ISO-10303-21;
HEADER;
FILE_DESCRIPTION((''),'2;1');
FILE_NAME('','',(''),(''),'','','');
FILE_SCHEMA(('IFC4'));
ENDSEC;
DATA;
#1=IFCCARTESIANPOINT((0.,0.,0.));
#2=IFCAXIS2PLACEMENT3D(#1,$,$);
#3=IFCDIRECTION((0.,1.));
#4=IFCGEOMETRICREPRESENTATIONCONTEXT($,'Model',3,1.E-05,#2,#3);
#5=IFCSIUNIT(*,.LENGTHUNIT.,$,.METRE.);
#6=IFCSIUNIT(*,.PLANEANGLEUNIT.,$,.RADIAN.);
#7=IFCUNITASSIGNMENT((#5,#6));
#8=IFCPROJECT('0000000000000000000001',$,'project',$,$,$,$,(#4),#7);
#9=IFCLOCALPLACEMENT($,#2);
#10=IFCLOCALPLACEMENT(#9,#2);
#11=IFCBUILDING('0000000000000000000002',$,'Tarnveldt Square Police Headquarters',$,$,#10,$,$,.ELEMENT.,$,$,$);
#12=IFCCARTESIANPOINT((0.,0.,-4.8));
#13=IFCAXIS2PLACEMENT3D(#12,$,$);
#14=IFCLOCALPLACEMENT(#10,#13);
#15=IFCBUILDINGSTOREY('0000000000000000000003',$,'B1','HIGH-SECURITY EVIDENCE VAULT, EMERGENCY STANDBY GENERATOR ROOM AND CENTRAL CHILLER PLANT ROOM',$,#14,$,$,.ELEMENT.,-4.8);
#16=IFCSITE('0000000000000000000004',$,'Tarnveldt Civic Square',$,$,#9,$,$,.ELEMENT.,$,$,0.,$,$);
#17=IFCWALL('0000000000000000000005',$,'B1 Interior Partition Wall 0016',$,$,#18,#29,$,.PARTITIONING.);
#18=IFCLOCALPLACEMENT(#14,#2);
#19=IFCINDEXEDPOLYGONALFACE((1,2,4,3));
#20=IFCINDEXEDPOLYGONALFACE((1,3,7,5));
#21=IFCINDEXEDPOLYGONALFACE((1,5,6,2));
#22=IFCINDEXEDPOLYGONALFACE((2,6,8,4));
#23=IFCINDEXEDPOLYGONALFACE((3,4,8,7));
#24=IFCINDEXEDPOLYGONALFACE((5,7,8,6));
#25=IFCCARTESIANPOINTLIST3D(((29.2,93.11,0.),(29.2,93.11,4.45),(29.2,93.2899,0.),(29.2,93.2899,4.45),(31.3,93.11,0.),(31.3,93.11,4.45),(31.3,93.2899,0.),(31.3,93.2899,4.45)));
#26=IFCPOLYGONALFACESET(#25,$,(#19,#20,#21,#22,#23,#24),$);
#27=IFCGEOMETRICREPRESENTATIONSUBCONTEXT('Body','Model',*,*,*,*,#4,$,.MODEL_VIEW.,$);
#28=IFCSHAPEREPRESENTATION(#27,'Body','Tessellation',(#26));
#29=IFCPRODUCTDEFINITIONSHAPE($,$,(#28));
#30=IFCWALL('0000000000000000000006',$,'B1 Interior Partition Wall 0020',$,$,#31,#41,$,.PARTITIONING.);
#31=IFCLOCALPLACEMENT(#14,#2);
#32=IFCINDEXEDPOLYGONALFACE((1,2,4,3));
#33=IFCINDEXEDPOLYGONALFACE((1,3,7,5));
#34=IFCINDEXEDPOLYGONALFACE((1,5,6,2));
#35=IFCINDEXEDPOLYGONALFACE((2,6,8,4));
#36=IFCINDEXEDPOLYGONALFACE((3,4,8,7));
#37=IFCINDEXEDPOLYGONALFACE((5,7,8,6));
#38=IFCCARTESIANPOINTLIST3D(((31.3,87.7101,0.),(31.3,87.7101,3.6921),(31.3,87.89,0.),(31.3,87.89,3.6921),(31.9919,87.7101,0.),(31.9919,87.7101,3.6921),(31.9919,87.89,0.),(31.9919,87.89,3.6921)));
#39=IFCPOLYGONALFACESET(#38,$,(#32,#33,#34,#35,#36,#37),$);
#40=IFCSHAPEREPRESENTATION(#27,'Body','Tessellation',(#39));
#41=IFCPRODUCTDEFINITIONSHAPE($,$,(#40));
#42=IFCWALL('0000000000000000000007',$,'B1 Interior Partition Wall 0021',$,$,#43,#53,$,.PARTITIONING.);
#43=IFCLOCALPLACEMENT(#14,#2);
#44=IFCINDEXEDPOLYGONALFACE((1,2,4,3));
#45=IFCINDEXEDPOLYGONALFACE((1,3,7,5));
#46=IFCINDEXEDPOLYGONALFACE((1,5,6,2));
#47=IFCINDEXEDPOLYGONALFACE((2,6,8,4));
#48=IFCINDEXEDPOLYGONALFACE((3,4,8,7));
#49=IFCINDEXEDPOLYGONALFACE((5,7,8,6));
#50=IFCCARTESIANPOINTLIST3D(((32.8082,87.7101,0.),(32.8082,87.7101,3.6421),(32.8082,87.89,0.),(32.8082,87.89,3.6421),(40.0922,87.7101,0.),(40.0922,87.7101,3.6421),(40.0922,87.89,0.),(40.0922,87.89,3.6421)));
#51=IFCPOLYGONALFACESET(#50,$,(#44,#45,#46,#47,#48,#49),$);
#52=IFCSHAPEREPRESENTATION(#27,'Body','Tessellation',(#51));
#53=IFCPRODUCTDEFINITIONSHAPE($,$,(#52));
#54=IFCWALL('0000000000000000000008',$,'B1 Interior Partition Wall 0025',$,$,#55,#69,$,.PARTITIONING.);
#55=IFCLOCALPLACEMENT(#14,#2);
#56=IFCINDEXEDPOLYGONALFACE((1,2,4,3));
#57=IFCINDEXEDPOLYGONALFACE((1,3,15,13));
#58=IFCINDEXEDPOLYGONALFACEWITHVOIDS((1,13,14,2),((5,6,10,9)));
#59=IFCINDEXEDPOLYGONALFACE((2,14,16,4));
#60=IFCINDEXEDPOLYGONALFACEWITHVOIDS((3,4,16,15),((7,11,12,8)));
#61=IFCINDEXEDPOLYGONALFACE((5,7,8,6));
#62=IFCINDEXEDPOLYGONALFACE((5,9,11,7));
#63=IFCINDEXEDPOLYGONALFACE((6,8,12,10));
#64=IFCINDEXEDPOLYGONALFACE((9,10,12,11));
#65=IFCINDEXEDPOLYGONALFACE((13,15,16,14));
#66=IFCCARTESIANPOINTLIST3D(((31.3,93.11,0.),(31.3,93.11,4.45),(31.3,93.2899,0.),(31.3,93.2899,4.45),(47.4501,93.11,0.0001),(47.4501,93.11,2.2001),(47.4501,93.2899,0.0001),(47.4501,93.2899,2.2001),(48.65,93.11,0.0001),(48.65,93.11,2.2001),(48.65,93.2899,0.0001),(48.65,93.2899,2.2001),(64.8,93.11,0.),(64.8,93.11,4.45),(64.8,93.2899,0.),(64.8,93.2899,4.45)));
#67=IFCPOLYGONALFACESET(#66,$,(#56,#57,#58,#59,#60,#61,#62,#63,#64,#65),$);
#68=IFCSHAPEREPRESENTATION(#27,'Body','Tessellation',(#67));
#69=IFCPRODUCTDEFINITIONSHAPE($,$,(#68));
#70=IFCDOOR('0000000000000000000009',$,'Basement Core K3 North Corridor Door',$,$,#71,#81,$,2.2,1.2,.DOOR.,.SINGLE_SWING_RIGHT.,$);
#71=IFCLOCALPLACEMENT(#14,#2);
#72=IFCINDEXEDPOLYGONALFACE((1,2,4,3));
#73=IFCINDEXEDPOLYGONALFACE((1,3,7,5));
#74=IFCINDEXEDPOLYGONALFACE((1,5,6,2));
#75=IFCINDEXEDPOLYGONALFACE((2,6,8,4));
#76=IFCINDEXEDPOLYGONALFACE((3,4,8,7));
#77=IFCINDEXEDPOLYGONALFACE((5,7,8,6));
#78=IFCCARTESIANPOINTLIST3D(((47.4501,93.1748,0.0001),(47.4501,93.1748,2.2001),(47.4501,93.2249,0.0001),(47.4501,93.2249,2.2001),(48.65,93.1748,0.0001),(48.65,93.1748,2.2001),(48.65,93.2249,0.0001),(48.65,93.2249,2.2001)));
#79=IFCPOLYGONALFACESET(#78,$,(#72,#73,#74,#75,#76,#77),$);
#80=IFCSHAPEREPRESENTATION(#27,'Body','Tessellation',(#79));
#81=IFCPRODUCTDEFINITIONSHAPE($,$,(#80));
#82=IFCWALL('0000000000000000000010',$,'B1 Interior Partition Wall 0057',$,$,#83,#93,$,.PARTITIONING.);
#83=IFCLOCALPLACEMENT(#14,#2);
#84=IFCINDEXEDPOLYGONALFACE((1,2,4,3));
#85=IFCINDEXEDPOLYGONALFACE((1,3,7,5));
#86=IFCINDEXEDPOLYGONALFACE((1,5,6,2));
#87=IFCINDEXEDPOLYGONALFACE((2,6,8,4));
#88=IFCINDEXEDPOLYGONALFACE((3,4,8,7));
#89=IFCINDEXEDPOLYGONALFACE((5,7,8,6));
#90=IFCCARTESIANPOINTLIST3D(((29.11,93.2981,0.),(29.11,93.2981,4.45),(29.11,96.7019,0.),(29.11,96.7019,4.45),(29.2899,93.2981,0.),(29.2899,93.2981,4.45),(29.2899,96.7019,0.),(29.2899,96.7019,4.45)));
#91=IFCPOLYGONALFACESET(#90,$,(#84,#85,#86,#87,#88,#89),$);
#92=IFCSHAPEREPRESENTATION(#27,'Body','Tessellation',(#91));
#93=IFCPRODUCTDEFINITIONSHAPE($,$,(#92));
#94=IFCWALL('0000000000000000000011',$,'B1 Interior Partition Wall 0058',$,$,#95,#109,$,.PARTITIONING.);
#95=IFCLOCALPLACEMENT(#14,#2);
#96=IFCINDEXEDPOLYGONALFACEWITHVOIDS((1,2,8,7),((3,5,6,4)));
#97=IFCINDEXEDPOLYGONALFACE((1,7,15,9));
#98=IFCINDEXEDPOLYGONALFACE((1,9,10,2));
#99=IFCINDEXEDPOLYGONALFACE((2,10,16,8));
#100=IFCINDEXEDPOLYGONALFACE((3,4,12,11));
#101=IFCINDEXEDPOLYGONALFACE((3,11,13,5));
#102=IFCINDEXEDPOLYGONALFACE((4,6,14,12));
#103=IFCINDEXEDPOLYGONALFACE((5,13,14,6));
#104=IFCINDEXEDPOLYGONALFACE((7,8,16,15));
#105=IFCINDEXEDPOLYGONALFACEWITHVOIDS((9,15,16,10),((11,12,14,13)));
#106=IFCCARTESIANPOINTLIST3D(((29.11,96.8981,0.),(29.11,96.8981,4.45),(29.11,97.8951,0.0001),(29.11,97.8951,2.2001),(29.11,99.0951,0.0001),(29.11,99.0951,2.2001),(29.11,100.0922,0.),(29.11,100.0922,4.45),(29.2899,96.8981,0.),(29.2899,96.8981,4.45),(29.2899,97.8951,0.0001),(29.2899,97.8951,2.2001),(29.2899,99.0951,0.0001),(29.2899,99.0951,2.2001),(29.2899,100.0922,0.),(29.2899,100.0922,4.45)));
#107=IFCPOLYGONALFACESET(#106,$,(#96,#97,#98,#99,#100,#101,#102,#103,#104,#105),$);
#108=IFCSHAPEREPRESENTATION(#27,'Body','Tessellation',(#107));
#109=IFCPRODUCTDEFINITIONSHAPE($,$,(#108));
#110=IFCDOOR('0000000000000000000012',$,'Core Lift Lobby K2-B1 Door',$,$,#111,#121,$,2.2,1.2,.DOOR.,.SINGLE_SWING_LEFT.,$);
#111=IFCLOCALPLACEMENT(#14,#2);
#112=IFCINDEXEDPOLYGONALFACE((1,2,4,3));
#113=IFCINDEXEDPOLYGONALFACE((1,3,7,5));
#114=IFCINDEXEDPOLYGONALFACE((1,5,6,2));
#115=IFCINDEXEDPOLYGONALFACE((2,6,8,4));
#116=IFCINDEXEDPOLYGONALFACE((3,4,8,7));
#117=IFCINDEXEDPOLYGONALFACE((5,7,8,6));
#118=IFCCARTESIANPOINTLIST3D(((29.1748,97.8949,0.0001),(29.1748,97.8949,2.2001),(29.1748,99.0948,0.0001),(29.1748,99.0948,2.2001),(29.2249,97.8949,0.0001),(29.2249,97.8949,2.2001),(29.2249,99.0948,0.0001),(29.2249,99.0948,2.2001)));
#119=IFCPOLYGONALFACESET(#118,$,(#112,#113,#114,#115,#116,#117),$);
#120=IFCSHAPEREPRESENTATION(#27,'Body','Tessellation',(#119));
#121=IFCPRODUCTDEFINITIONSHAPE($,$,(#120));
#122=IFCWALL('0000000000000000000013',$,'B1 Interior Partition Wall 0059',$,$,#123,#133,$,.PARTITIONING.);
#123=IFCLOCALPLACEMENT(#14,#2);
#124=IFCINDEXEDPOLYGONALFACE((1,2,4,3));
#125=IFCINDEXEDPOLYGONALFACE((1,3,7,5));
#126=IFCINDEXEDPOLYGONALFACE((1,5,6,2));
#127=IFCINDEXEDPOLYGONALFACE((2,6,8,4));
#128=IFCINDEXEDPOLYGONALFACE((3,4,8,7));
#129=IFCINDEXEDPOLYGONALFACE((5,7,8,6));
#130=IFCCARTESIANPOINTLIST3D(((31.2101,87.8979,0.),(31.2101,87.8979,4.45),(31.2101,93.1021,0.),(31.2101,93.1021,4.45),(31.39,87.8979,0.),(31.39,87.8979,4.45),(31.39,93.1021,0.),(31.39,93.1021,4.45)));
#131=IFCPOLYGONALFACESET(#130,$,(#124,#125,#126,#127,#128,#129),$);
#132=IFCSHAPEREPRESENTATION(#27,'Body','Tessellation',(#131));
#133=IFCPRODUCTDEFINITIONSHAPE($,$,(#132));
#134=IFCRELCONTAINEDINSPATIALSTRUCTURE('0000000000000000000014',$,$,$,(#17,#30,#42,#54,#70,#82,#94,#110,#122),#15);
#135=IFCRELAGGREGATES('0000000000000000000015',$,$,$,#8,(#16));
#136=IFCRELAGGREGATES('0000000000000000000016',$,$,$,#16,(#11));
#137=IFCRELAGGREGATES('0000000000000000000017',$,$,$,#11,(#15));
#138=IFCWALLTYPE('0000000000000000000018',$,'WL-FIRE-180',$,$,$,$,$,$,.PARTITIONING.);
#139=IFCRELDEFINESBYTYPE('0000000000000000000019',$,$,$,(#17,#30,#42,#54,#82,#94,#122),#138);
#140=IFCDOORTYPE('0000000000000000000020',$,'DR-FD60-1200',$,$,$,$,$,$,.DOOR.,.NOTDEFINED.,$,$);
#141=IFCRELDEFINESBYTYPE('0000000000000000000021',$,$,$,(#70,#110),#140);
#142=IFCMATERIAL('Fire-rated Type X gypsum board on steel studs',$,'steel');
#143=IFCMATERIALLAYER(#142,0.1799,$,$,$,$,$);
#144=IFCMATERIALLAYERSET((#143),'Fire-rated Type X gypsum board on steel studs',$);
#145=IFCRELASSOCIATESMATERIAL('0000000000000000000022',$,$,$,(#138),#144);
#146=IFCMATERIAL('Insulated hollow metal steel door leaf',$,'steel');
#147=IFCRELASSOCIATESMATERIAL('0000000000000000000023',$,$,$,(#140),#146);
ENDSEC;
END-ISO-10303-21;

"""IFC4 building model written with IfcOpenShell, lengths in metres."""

from ifc_helpers import new_model, si_unit, direction, frame, frame_2d, origin, place, context, subcontext, project, spatial, rectangle, extrude, material, layer, layer_set, type_object, element, fill, save


model = new_model("IFC4")

# Units and contexts
model_context = context("Model", 3, precision=1e-05, world=origin(), true_north=direction((0.0, 1.0)))
body_context = subcontext(model_context, "Body", "Model", "MODEL_VIEW")
ifc_project = project(units=[si_unit("LENGTHUNIT", "METRE"), si_unit("PLANEANGLEUNIT", "RADIAN")], contexts=[model_context])

# Site, building, storey
site_placement = place(None, origin())
site = spatial("IfcSite", under=ifc_project, at=site_placement, Name="Tarnveldt Civic Square", CompositionType="ELEMENT", RefElevation=0.0)
building_placement = place(site_placement, origin())
building = spatial("IfcBuilding", under=site, at=building_placement, Name="Tarnveldt Square Police Headquarters", CompositionType="ELEMENT")
storey_placement = place(building_placement, frame((0.0, 0.0, -4.8)))
storey = spatial("IfcBuildingStorey", under=building, at=storey_placement, Name="B1", Description="HIGH-SECURITY EVIDENCE VAULT, EMERGENCY STANDBY GENERATOR ROOM AND CENTRAL CHILLER PLANT ROOM", CompositionType="ELEMENT", Elevation=-4.8)

# Walls
ifc_material_1 = material(Name="Fire-rated Type X gypsum board on steel studs", Category="steel")
ifc_layer = layer(ifc_material_1, 0.1799)
ifc_layer_set = layer_set([ifc_layer], Name="Fire-rated Type X gypsum board on steel studs")
wall_type = type_object("IfcWallType", Name="WL-FIRE-180", PredefinedType="PARTITIONING", material=ifc_layer_set)
wall_1_placement = place(storey_placement, frame((29.2, 93.2, 0.0), z_axis=(0.0, 0.0, 1.0), x_axis=(1.0, 0.0, 0.0)))
element("IfcWall", 1, at=wall_1_placement, inside=storey, type_object=wall_type, Name="B1 Interior Partition Wall 0016", PredefinedType="PARTITIONING", context=body_context, shape_type="SweptSolid", body=[
    extrude(rectangle(XDim=2.1001, YDim=0.1799, at=frame_2d((1.05, 0.0))), origin(), (0.0, 0.0, 1.0), 4.45),
])
wall_2_placement = place(storey_placement, frame((31.3, 87.8, 0.0), z_axis=(0.0, 0.0, 1.0), x_axis=(1.0, 0.0, 0.0)))
element("IfcWall", 2, at=wall_2_placement, inside=storey, type_object=wall_type, Name="B1 Interior Partition Wall 0020", PredefinedType="PARTITIONING", context=body_context, shape_type="SweptSolid", body=[
    extrude(rectangle(XDim=0.6919, YDim=0.1799, at=frame_2d((0.3459, 0.0))), origin(), (0.0, 0.0, 1.0), 3.6921),
])
wall_3_placement = place(storey_placement, frame((32.8081, 87.8, 0.0), z_axis=(0.0, 0.0, 1.0), x_axis=(1.0, 0.0, 0.0)))
element("IfcWall", 3, at=wall_3_placement, inside=storey, type_object=wall_type, Name="B1 Interior Partition Wall 0021", PredefinedType="PARTITIONING", context=body_context, shape_type="SweptSolid", body=[
    extrude(rectangle(XDim=7.2839, YDim=0.1799, at=frame_2d((3.6421, 0.0))), origin(), (0.0, 0.0, 1.0), 3.6421),
])

# Wall, opening, door
wall_4_placement = place(storey_placement, frame((31.3, 93.2, 0.0), z_axis=(0.0, 0.0, 1.0), x_axis=(1.0, 0.0, 0.0)))
wall_4 = element("IfcWall", 4, at=wall_4_placement, inside=storey, type_object=wall_type, Name="B1 Interior Partition Wall 0025", PredefinedType="PARTITIONING", context=body_context, shape_type="SweptSolid", body=[
    extrude(rectangle(XDim=33.5, YDim=0.1799, at=frame_2d((16.75, 0.0))), origin(), (0.0, 0.0, 1.0), 4.45),
])
opening_1_placement = place(wall_4_placement, frame((16.1499, 0.0, 0.0)))
opening_1 = element("IfcOpeningElement", 5, at=opening_1_placement, cuts=wall_4, PredefinedType="OPENING", context=body_context, shape_type="SweptSolid", body=[
    extrude(rectangle(XDim=1.2, YDim=2.2, at=frame_2d((0.6001, 1.1001))), frame((0.0, 0.0999, 0.0), z_axis=(0.0, -1.0, 0.0), x_axis=(1.0, 0.0, 0.0)), (0.0, 0.0, 1.0), 0.2),
])
ifc_material_2 = material(Name="Insulated hollow metal steel door leaf", Category="steel")
door_type = type_object("IfcDoorType", Name="DR-FD60-1200", OperationType="NOTDEFINED", PredefinedType="DOOR", material=ifc_material_2)
door_1_placement = place(opening_1_placement, origin())
door_1 = element("IfcDoor", 6, at=door_1_placement, inside=storey, type_object=door_type, Name="Basement Core K3 North Corridor Door", OperationType="SINGLE_SWING_RIGHT", OverallHeight=2.2, OverallWidth=1.2, PredefinedType="DOOR", context=body_context, shape_type="SweptSolid", body=[
    extrude(rectangle(XDim=1.2, YDim=2.2, at=frame_2d((0.6001, 1.1001))), frame((0.0, 0.0249, 0.0), z_axis=(0.0, -1.0, 0.0), x_axis=(1.0, 0.0, 0.0)), (0.0, 0.0, 1.0), 0.05),
])
fill(opening_1, door_1)

# Wall
wall_5_placement = place(storey_placement, frame((29.2, 93.2981, 0.0), z_axis=(0.0, 0.0, 1.0), x_axis=(0.0, 1.0, 0.0)))
element("IfcWall", 7, at=wall_5_placement, inside=storey, type_object=wall_type, Name="B1 Interior Partition Wall 0057", PredefinedType="PARTITIONING", context=body_context, shape_type="SweptSolid", body=[
    extrude(rectangle(XDim=3.4038, YDim=0.1799, at=frame_2d((1.7019, 0.0))), origin(), (0.0, 0.0, 1.0), 4.45),
])

# Wall, opening, door
wall_6_placement = place(storey_placement, frame((29.2, 96.8979, 0.0), z_axis=(0.0, 0.0, 1.0), x_axis=(0.0, 1.0, 0.0)))
wall_6 = element("IfcWall", 8, at=wall_6_placement, inside=storey, type_object=wall_type, Name="B1 Interior Partition Wall 0058", PredefinedType="PARTITIONING", context=body_context, shape_type="SweptSolid", body=[
    extrude(rectangle(XDim=3.1941, YDim=0.1799, at=frame_2d((1.5972, 0.0))), origin(), (0.0, 0.0, 1.0), 4.45),
])
opening_2_placement = place(wall_6_placement, frame((0.9971, 0.0, 0.0)))
opening_2 = element("IfcOpeningElement", 9, at=opening_2_placement, cuts=wall_6, PredefinedType="OPENING", context=body_context, shape_type="SweptSolid", body=[
    extrude(rectangle(XDim=1.2, YDim=2.2, at=frame_2d((0.6001, 1.1001))), frame((0.0, 0.0999, 0.0), z_axis=(0.0, -1.0, 0.0), x_axis=(1.0, 0.0, 0.0)), (0.0, 0.0, 1.0), 0.2),
])
door_2_placement = place(opening_2_placement, frame((1.2, 0.0, 0.0), z_axis=(0.0, 0.0, 1.0), x_axis=(-1.0, 0.0, 0.0)))
door_2 = element("IfcDoor", 10, at=door_2_placement, inside=storey, type_object=door_type, Name="Core Lift Lobby K2-B1 Door", OperationType="SINGLE_SWING_LEFT", OverallHeight=2.2, OverallWidth=1.2, PredefinedType="DOOR", context=body_context, shape_type="SweptSolid", body=[
    extrude(rectangle(XDim=1.2, YDim=2.2, at=frame_2d((0.6001, 1.1001))), frame((0.0, 0.0249, 0.0), z_axis=(0.0, -1.0, 0.0), x_axis=(1.0, 0.0, 0.0)), (0.0, 0.0, 1.0), 0.05),
])
fill(opening_2, door_2)

# Wall
wall_7_placement = place(storey_placement, frame((31.3, 87.8979, 0.0), z_axis=(0.0, 0.0, 1.0), x_axis=(0.0, 1.0, 0.0)))
element("IfcWall", 11, at=wall_7_placement, inside=storey, type_object=wall_type, Name="B1 Interior Partition Wall 0059", PredefinedType="PARTITIONING", context=body_context, shape_type="SweptSolid", body=[
    extrude(rectangle(XDim=5.2041, YDim=0.1799, at=frame_2d((2.6021, 0.0))), origin(), (0.0, 0.0, 1.0), 4.45),
])

save(model, "model.ifc")
